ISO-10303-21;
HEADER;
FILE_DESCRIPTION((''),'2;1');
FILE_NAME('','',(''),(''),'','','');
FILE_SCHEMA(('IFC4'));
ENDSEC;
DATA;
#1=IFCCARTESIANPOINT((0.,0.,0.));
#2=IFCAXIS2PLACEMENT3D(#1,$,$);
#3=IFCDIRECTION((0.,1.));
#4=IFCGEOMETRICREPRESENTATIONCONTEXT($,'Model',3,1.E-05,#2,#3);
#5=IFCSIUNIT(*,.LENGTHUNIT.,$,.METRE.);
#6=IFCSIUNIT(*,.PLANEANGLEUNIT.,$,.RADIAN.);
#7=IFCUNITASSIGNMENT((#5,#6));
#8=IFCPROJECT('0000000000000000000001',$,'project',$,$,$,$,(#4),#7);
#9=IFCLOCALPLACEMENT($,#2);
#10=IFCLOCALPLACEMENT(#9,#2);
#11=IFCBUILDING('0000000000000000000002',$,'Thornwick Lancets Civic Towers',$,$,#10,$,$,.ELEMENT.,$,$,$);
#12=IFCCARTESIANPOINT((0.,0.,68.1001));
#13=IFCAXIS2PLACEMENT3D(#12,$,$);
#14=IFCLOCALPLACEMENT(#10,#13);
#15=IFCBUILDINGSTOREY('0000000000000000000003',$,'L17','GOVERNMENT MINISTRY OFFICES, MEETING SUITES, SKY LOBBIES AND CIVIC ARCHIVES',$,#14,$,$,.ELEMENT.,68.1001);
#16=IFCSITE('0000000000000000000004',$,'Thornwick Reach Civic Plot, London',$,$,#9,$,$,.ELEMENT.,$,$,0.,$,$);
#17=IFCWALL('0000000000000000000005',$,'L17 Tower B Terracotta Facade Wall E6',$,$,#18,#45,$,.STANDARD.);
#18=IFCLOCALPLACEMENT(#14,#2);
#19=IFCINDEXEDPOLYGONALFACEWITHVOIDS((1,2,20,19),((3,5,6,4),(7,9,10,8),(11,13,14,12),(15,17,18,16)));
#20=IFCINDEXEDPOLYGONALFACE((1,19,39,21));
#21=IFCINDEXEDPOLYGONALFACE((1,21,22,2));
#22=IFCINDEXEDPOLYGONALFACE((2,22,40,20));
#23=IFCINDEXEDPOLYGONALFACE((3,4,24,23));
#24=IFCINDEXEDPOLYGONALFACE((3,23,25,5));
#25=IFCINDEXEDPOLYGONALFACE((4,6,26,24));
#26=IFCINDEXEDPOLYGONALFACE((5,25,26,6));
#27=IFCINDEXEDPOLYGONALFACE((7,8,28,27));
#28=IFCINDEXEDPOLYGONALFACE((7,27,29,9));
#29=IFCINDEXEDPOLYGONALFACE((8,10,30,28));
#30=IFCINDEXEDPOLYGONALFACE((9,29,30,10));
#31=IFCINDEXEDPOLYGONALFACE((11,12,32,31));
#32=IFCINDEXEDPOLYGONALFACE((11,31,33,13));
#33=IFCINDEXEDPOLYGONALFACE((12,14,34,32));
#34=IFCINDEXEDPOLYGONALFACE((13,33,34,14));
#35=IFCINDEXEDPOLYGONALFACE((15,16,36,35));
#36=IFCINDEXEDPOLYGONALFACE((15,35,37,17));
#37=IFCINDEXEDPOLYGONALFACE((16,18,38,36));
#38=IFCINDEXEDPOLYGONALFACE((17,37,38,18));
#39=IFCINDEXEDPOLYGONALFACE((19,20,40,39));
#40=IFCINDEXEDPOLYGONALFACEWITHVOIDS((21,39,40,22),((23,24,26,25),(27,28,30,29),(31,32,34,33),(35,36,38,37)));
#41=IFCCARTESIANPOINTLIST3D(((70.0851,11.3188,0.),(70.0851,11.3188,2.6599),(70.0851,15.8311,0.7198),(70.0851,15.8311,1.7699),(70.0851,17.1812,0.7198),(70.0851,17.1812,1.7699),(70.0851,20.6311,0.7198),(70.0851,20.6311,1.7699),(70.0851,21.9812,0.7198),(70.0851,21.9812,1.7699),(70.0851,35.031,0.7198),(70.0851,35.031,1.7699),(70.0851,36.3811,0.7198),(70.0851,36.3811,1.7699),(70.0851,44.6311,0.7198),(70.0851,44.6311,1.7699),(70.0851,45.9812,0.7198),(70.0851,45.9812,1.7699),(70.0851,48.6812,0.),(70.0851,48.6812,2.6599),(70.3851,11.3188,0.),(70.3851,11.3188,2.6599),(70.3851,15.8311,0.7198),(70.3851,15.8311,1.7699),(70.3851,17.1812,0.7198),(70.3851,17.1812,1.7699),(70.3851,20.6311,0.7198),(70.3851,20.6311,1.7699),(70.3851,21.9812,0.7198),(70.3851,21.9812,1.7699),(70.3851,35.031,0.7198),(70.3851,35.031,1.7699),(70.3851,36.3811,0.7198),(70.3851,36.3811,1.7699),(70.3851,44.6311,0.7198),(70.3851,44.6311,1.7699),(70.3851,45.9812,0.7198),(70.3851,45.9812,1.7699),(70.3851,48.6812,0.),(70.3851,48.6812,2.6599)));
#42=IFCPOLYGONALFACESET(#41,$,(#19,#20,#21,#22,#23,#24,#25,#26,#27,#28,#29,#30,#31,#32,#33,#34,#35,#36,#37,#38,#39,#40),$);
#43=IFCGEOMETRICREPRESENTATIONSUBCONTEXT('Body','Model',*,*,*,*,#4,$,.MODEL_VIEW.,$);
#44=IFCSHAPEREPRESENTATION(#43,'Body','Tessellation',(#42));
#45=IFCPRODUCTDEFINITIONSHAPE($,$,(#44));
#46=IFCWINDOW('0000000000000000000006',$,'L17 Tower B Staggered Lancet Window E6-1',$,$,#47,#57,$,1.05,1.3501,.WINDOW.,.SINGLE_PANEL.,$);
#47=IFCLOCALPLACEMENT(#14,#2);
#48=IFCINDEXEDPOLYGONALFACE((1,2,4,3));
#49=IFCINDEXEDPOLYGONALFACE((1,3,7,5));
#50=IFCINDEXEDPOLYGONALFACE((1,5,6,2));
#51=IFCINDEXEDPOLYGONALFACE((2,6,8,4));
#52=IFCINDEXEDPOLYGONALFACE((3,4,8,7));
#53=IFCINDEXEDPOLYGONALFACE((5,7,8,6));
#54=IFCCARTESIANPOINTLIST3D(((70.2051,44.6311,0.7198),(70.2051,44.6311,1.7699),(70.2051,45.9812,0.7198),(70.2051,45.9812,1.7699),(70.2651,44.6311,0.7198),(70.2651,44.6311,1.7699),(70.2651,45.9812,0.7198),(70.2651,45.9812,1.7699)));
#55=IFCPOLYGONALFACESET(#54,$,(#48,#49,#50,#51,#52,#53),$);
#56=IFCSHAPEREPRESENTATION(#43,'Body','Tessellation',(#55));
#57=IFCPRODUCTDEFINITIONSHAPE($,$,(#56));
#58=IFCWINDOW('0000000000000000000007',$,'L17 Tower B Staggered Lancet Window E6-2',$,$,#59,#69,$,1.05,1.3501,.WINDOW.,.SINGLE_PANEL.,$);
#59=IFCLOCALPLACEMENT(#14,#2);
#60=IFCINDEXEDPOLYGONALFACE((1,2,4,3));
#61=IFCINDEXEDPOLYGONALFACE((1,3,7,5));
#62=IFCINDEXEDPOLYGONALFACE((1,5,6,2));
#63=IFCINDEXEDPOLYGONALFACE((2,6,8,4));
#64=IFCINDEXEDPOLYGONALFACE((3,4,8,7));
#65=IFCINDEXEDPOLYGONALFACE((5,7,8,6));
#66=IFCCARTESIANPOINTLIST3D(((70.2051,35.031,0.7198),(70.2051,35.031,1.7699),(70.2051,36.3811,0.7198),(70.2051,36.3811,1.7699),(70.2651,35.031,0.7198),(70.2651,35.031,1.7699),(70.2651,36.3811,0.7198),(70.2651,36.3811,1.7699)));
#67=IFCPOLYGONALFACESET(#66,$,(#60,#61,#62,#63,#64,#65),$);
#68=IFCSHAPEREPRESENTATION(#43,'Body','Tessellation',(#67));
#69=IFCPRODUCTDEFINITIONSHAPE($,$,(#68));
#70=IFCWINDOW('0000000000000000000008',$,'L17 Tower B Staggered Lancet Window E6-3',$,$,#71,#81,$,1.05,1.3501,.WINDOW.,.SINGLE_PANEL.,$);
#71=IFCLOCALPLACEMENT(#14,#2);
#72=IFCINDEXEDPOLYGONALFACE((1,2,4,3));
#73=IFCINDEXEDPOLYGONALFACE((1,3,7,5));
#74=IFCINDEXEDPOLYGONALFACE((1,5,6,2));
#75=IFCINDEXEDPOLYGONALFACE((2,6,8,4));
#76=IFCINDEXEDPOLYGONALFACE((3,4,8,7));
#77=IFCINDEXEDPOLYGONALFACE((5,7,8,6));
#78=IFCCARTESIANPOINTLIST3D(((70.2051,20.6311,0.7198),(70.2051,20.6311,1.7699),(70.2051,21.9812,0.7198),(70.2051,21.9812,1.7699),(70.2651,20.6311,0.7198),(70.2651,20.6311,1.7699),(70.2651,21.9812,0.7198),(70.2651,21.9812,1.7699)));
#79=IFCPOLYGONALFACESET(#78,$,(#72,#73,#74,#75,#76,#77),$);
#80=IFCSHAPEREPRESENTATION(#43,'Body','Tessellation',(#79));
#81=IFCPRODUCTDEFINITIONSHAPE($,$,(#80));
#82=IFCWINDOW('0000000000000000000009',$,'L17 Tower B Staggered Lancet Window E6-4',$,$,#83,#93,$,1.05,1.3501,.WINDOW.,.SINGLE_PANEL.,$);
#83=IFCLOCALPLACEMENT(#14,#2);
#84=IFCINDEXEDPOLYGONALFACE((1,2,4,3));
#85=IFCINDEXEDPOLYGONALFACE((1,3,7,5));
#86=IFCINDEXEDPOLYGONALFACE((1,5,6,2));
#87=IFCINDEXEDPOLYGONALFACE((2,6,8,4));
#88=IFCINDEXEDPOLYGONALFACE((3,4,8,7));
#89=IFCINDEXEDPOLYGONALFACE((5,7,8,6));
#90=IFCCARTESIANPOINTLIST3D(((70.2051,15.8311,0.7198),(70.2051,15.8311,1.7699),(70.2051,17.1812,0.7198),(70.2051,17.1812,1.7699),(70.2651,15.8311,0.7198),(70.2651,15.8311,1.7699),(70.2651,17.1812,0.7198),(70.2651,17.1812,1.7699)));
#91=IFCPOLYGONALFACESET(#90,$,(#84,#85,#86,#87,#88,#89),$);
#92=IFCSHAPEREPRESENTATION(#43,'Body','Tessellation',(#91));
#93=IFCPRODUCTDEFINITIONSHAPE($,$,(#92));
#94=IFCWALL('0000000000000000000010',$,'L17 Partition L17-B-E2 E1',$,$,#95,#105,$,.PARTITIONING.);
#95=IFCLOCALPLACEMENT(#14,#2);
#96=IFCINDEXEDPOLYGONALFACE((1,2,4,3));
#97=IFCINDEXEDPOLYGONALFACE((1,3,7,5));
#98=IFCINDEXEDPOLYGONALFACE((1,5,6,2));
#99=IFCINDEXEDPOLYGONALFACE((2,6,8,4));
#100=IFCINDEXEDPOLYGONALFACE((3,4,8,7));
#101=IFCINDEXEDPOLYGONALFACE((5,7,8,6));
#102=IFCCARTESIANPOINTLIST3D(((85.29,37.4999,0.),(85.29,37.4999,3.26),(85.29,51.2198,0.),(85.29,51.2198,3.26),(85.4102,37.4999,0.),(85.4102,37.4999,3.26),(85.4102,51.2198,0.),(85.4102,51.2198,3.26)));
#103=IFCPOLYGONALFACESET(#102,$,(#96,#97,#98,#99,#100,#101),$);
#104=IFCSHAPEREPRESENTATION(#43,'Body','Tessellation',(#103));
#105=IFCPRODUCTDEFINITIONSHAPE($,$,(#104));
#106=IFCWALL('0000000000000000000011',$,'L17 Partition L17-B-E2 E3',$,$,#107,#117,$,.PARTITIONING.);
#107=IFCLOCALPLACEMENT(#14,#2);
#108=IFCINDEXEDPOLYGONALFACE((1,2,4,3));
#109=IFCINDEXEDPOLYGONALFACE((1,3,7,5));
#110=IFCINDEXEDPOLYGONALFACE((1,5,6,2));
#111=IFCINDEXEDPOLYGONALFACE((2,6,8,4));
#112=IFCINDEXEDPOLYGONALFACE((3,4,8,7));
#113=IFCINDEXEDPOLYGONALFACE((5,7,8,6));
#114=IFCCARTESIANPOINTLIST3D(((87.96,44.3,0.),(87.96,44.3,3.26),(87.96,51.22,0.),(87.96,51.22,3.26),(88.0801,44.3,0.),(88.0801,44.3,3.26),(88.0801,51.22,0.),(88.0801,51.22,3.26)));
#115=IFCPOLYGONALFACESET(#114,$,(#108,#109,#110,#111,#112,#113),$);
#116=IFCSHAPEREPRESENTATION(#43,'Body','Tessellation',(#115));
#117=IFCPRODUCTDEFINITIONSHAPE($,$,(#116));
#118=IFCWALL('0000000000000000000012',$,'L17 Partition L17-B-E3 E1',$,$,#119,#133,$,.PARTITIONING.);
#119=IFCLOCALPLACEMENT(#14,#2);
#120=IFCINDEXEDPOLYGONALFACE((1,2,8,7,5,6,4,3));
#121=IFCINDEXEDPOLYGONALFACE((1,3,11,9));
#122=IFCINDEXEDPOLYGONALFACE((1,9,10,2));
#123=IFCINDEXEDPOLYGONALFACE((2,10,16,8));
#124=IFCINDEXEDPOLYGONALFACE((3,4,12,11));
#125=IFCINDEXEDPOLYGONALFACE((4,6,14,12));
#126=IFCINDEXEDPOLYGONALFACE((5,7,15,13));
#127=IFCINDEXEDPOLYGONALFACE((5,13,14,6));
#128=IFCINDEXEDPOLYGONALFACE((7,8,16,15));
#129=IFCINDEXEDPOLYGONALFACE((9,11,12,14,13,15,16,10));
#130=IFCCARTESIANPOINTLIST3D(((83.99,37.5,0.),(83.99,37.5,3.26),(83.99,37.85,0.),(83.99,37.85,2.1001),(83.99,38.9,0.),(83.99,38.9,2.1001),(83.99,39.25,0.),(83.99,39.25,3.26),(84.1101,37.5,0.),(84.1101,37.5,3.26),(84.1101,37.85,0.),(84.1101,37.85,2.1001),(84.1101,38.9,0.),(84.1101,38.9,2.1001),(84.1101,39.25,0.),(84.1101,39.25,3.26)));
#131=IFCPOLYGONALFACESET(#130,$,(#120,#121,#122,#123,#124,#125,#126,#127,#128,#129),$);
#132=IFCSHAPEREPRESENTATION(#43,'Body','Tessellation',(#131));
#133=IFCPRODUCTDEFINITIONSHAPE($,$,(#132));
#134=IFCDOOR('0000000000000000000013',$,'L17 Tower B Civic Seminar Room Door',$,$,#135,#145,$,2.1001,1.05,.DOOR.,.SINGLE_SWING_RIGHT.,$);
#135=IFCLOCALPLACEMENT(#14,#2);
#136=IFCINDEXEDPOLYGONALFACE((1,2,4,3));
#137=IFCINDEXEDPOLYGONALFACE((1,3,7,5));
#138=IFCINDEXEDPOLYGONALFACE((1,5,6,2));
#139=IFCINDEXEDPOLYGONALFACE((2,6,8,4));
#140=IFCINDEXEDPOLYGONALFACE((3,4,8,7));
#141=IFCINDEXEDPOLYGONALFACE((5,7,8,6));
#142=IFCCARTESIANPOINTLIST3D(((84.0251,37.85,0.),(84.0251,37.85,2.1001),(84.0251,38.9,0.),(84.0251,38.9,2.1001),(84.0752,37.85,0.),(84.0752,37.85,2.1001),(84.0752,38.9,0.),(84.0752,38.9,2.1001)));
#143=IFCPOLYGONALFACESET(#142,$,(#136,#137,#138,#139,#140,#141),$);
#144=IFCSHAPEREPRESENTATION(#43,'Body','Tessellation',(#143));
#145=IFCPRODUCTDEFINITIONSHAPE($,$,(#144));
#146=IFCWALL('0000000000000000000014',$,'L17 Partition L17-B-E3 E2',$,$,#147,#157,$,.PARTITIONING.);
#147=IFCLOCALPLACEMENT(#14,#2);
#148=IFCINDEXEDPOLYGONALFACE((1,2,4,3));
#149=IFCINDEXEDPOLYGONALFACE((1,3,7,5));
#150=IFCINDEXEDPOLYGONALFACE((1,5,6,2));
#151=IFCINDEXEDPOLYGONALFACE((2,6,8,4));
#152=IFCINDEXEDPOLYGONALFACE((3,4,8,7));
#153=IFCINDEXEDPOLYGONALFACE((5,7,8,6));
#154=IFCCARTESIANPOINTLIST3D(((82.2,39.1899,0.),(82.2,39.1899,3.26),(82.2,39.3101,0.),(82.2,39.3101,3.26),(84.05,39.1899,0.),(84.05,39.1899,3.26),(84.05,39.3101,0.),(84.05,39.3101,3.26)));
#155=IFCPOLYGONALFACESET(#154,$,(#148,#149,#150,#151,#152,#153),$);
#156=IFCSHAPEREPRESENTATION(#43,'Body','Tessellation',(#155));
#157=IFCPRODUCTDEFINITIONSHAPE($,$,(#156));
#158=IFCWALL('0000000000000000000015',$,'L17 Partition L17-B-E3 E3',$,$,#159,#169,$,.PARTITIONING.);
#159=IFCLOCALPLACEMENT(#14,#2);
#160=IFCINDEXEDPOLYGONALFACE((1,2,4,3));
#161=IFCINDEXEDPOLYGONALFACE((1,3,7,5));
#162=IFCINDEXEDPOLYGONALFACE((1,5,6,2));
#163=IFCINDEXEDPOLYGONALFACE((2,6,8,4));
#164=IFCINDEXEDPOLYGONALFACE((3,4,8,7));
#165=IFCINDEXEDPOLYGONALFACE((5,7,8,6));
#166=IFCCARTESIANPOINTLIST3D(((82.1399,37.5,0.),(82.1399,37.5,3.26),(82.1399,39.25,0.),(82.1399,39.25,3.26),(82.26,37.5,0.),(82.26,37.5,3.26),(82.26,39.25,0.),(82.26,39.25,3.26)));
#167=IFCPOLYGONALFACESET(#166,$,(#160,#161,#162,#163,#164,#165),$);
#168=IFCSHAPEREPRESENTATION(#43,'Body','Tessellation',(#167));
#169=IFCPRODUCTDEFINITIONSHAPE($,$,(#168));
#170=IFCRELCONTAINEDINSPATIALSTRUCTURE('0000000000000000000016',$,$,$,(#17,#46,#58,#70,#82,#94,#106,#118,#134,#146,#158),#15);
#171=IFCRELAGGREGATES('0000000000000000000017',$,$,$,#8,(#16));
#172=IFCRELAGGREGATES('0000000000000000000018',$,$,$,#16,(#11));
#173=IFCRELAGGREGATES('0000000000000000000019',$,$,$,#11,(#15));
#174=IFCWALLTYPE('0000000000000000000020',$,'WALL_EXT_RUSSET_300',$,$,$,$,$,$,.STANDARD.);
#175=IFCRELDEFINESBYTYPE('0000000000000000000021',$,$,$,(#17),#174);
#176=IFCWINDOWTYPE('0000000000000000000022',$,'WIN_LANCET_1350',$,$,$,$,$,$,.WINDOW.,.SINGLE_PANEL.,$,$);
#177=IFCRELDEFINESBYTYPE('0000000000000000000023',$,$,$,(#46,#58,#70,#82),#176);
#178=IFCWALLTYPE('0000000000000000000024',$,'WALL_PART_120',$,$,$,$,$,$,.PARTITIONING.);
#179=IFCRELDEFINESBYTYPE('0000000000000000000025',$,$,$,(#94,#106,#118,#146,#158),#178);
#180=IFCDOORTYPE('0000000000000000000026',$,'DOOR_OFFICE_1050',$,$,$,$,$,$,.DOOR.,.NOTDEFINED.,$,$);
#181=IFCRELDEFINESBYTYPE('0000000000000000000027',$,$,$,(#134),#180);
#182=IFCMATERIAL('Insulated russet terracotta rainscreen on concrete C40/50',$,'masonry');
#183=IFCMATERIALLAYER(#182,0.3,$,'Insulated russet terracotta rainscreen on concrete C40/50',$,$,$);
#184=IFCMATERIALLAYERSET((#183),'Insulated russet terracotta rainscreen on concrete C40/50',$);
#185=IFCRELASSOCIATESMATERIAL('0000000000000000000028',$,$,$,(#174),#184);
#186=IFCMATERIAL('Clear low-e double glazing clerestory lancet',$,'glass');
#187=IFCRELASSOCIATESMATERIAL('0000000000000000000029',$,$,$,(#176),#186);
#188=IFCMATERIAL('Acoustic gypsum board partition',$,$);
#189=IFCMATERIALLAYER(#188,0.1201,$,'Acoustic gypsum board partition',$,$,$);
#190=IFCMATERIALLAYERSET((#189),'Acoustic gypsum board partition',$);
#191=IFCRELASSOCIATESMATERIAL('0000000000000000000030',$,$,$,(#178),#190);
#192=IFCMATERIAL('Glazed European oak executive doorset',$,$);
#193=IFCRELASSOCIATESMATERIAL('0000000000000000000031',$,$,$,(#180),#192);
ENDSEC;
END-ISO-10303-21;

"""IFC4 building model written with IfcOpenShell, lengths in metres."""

from ifc_helpers import new_model, si_unit, direction, frame, frame_2d, origin, place, context, subcontext, project, spatial, rectangle, extrude, material, layer, layer_set, type_object, element, fill, save


model = new_model("IFC4")

# Units and contexts
model_context = context("Model", 3, precision=1e-05, world=origin(), true_north=direction((0.0, 1.0)))
body_context = subcontext(model_context, "Body", "Model", "MODEL_VIEW")
ifc_project = project(units=[si_unit("LENGTHUNIT", "METRE"), si_unit("PLANEANGLEUNIT", "RADIAN")], contexts=[model_context])

# Site, building, storey
site_placement = place(None, origin())
site = spatial("IfcSite", under=ifc_project, at=site_placement, Name="Thornwick Reach Civic Plot, London", CompositionType="ELEMENT", RefElevation=0.0)
building_placement = place(site_placement, origin())
building = spatial("IfcBuilding", under=site, at=building_placement, Name="Thornwick Lancets Civic Towers", CompositionType="ELEMENT")
storey_placement = place(building_placement, frame((0.0, 0.0, 68.1001)))
storey = spatial("IfcBuildingStorey", under=building, at=storey_placement, Name="L17", Description="GOVERNMENT MINISTRY OFFICES, MEETING SUITES, SKY LOBBIES AND CIVIC ARCHIVES", CompositionType="ELEMENT", Elevation=68.1001)

# Wall, openings, windows
ifc_material_1 = material(Name="Insulated russet terracotta rainscreen on concrete C40/50", Category="masonry")
ifc_layer_1 = layer(ifc_material_1, 0.3, Name="Insulated russet terracotta rainscreen on concrete C40/50")
ifc_layer_set_1 = layer_set([ifc_layer_1], Name="Insulated russet terracotta rainscreen on concrete C40/50")
wall_type_1 = type_object("IfcWallType", Name="WALL_EXT_RUSSET_300", PredefinedType="STANDARD", material=ifc_layer_set_1)
wall_1_placement = place(storey_placement, frame((70.2351, 48.6812, 0.0), z_axis=(0.0, 0.0, 1.0), x_axis=(0.0, -1.0, 0.0)))
wall_1 = element("IfcWall", 1, at=wall_1_placement, inside=storey, type_object=wall_type_1, Name="L17 Tower B Terracotta Facade Wall E6", PredefinedType="STANDARD", context=body_context, shape_type="SweptSolid", body=[
    extrude(rectangle(XDim=37.3623, YDim=0.3, at=frame_2d((18.6812, 0.0))), origin(), (0.0, 0.0, 1.0), 2.6599),
])
opening_1_placement = place(wall_1_placement, frame((2.7, 0.0, 0.72)))
opening_1 = element("IfcOpeningElement", 2, at=opening_1_placement, cuts=wall_1, PredefinedType="OPENING", context=body_context, shape_type="SweptSolid", body=[
    extrude(rectangle(XDim=1.3501, YDim=1.05, at=frame_2d((0.675, 0.5249))), frame((0.0, 0.1602, 0.0), z_axis=(0.0, -1.0, 0.0), x_axis=(1.0, 0.0, 0.0)), (0.0, 0.0, 1.0), 0.3201),
])
opening_2_placement = place(wall_1_placement, frame((12.3, 0.0, 0.72)))
opening_2 = element("IfcOpeningElement", 3, at=opening_2_placement, cuts=wall_1, PredefinedType="OPENING", context=body_context, shape_type="SweptSolid", body=[
    extrude(rectangle(XDim=1.3501, YDim=1.05, at=frame_2d((0.675, 0.5249))), frame((0.0, 0.1602, 0.0), z_axis=(0.0, -1.0, 0.0), x_axis=(1.0, 0.0, 0.0)), (0.0, 0.0, 1.0), 0.3201),
])
opening_3_placement = place(wall_1_placement, frame((26.7, 0.0, 0.72)))
opening_3 = element("IfcOpeningElement", 4, at=opening_3_placement, cuts=wall_1, PredefinedType="OPENING", context=body_context, shape_type="SweptSolid", body=[
    extrude(rectangle(XDim=1.3501, YDim=1.05, at=frame_2d((0.675, 0.5249))), frame((0.0, 0.1602, 0.0), z_axis=(0.0, -1.0, 0.0), x_axis=(1.0, 0.0, 0.0)), (0.0, 0.0, 1.0), 0.3201),
])
opening_4_placement = place(wall_1_placement, frame((31.5, 0.0, 0.72)))
opening_4 = element("IfcOpeningElement", 5, at=opening_4_placement, cuts=wall_1, PredefinedType="OPENING", context=body_context, shape_type="SweptSolid", body=[
    extrude(rectangle(XDim=1.3501, YDim=1.05, at=frame_2d((0.675, 0.5249))), frame((0.0, 0.1602, 0.0), z_axis=(0.0, -1.0, 0.0), x_axis=(1.0, 0.0, 0.0)), (0.0, 0.0, 1.0), 0.3201),
])
ifc_material_2 = material(Name="Clear low-e double glazing clerestory lancet", Category="glass")
window_type = type_object("IfcWindowType", Name="WIN_LANCET_1350", PartitioningType="SINGLE_PANEL", PredefinedType="WINDOW", material=ifc_material_2)
window_1_placement = place(opening_1_placement, origin())
window_1 = element("IfcWindow", 6, at=window_1_placement, inside=storey, type_object=window_type, Name="L17 Tower B Staggered Lancet Window E6-1", OverallHeight=1.05, OverallWidth=1.3501, PartitioningType="SINGLE_PANEL", PredefinedType="WINDOW", context=body_context, shape_type="SweptSolid", body=[
    extrude(rectangle(XDim=1.3501, YDim=1.05, at=frame_2d((0.675, 0.5249))), frame((0.0, 0.03, 0.0), z_axis=(0.0, -1.0, 0.0), x_axis=(1.0, 0.0, 0.0)), (0.0, 0.0, 1.0), 0.0601),
])
fill(opening_1, window_1)
window_2_placement = place(opening_2_placement, origin())
window_2 = element("IfcWindow", 7, at=window_2_placement, inside=storey, type_object=window_type, Name="L17 Tower B Staggered Lancet Window E6-2", OverallHeight=1.05, OverallWidth=1.3501, PartitioningType="SINGLE_PANEL", PredefinedType="WINDOW", context=body_context, shape_type="SweptSolid", body=[
    extrude(rectangle(XDim=1.3501, YDim=1.05, at=frame_2d((0.675, 0.5249))), frame((0.0, 0.03, 0.0), z_axis=(0.0, -1.0, 0.0), x_axis=(1.0, 0.0, 0.0)), (0.0, 0.0, 1.0), 0.0601),
])
fill(opening_2, window_2)
window_3_placement = place(opening_3_placement, origin())
window_3 = element("IfcWindow", 8, at=window_3_placement, inside=storey, type_object=window_type, Name="L17 Tower B Staggered Lancet Window E6-3", OverallHeight=1.05, OverallWidth=1.3501, PartitioningType="SINGLE_PANEL", PredefinedType="WINDOW", context=body_context, shape_type="SweptSolid", body=[
    extrude(rectangle(XDim=1.3501, YDim=1.05, at=frame_2d((0.675, 0.5249))), frame((0.0, 0.03, 0.0), z_axis=(0.0, -1.0, 0.0), x_axis=(1.0, 0.0, 0.0)), (0.0, 0.0, 1.0), 0.0601),
])
fill(opening_3, window_3)
window_4_placement = place(opening_4_placement, origin())
window_4 = element("IfcWindow", 9, at=window_4_placement, inside=storey, type_object=window_type, Name="L17 Tower B Staggered Lancet Window E6-4", OverallHeight=1.05, OverallWidth=1.3501, PartitioningType="SINGLE_PANEL", PredefinedType="WINDOW", context=body_context, shape_type="SweptSolid", body=[
    extrude(rectangle(XDim=1.3501, YDim=1.05, at=frame_2d((0.675, 0.5249))), frame((0.0, 0.03, 0.0), z_axis=(0.0, -1.0, 0.0), x_axis=(1.0, 0.0, 0.0)), (0.0, 0.0, 1.0), 0.0601),
])
fill(opening_4, window_4)

# Walls
ifc_material_3 = material(Name="Acoustic gypsum board partition")
ifc_layer_2 = layer(ifc_material_3, 0.1201, Name="Acoustic gypsum board partition")
ifc_layer_set_2 = layer_set([ifc_layer_2], Name="Acoustic gypsum board partition")
wall_type_2 = type_object("IfcWallType", Name="WALL_PART_120", PredefinedType="PARTITIONING", material=ifc_layer_set_2)
wall_2_placement = place(storey_placement, frame((85.3501, 37.5, 0.0), z_axis=(0.0, 0.0, 1.0), x_axis=(0.0, 1.0, 0.0)))
element("IfcWall", 10, at=wall_2_placement, inside=storey, type_object=wall_type_2, Name="L17 Partition L17-B-E2 E1", PredefinedType="PARTITIONING", context=body_context, shape_type="SweptSolid", body=[
    extrude(rectangle(XDim=13.72, YDim=0.1201, at=frame_2d((6.8599, 0.0))), origin(), (0.0, 0.0, 1.0), 3.26),
])
wall_3_placement = place(storey_placement, frame((88.02, 51.22, 0.0), z_axis=(0.0, 0.0, 1.0), x_axis=(0.0, -1.0, 0.0)))
element("IfcWall", 11, at=wall_3_placement, inside=storey, type_object=wall_type_2, Name="L17 Partition L17-B-E2 E3", PredefinedType="PARTITIONING", context=body_context, shape_type="SweptSolid", body=[
    extrude(rectangle(XDim=6.9199, YDim=0.1201, at=frame_2d((3.46, 0.0))), origin(), (0.0, 0.0, 1.0), 3.26),
])

# Wall, opening, door
wall_4_placement = place(storey_placement, frame((84.05, 37.5, 0.0), z_axis=(0.0, 0.0, 1.0), x_axis=(0.0, 1.0, 0.0)))
wall_4 = element("IfcWall", 12, at=wall_4_placement, inside=storey, type_object=wall_type_2, Name="L17 Partition L17-B-E3 E1", PredefinedType="PARTITIONING", context=body_context, shape_type="SweptSolid", body=[
    extrude(rectangle(XDim=1.75, YDim=0.1201, at=frame_2d((0.875, 0.0))), origin(), (0.0, 0.0, 1.0), 3.26),
])
opening_5_placement = place(wall_4_placement, frame((0.3501, 0.0, 0.0)))
opening_5 = element("IfcOpeningElement", 13, at=opening_5_placement, cuts=wall_4, PredefinedType="OPENING", context=body_context, shape_type="SweptSolid", body=[
    extrude(rectangle(XDim=1.05, YDim=2.1001, at=frame_2d((0.5249, 1.05))), frame((0.0, 0.0701, 0.0), z_axis=(0.0, -1.0, 0.0), x_axis=(1.0, 0.0, 0.0)), (0.0, 0.0, 1.0), 0.1401),
])
ifc_material_4 = material(Name="Glazed European oak executive doorset")
door_type = type_object("IfcDoorType", Name="DOOR_OFFICE_1050", OperationType="NOTDEFINED", PredefinedType="DOOR", material=ifc_material_4)
door_placement = place(opening_5_placement, origin())
door = element("IfcDoor", 14, at=door_placement, inside=storey, type_object=door_type, Name="L17 Tower B Civic Seminar Room Door", OperationType="SINGLE_SWING_RIGHT", OverallHeight=2.1001, OverallWidth=1.05, PredefinedType="DOOR", context=body_context, shape_type="SweptSolid", body=[
    extrude(rectangle(XDim=1.05, YDim=2.1001, at=frame_2d((0.5249, 1.05))), frame((0.0, 0.0249, 0.0), z_axis=(0.0, -1.0, 0.0), x_axis=(1.0, 0.0, 0.0)), (0.0, 0.0, 1.0), 0.05),
])
fill(opening_5, door)

# Walls
wall_5_placement = place(storey_placement, frame((84.05, 39.25, 0.0), z_axis=(0.0, 0.0, 1.0), x_axis=(-1.0, 0.0, 0.0)))
element("IfcWall", 15, at=wall_5_placement, inside=storey, type_object=wall_type_2, Name="L17 Partition L17-B-E3 E2", PredefinedType="PARTITIONING", context=body_context, shape_type="SweptSolid", body=[
    extrude(rectangle(XDim=1.8501, YDim=0.1201, at=frame_2d((0.925, 0.0))), origin(), (0.0, 0.0, 1.0), 3.26),
])
wall_6_placement = place(storey_placement, frame((82.2, 39.25, 0.0), z_axis=(0.0, 0.0, 1.0), x_axis=(0.0, -1.0, 0.0)))
element("IfcWall", 16, at=wall_6_placement, inside=storey, type_object=wall_type_2, Name="L17 Partition L17-B-E3 E3", PredefinedType="PARTITIONING", context=body_context, shape_type="SweptSolid", body=[
    extrude(rectangle(XDim=1.75, YDim=0.1201, at=frame_2d((0.875, 0.0))), origin(), (0.0, 0.0, 1.0), 3.26),
])

save(model, "model.ifc")
